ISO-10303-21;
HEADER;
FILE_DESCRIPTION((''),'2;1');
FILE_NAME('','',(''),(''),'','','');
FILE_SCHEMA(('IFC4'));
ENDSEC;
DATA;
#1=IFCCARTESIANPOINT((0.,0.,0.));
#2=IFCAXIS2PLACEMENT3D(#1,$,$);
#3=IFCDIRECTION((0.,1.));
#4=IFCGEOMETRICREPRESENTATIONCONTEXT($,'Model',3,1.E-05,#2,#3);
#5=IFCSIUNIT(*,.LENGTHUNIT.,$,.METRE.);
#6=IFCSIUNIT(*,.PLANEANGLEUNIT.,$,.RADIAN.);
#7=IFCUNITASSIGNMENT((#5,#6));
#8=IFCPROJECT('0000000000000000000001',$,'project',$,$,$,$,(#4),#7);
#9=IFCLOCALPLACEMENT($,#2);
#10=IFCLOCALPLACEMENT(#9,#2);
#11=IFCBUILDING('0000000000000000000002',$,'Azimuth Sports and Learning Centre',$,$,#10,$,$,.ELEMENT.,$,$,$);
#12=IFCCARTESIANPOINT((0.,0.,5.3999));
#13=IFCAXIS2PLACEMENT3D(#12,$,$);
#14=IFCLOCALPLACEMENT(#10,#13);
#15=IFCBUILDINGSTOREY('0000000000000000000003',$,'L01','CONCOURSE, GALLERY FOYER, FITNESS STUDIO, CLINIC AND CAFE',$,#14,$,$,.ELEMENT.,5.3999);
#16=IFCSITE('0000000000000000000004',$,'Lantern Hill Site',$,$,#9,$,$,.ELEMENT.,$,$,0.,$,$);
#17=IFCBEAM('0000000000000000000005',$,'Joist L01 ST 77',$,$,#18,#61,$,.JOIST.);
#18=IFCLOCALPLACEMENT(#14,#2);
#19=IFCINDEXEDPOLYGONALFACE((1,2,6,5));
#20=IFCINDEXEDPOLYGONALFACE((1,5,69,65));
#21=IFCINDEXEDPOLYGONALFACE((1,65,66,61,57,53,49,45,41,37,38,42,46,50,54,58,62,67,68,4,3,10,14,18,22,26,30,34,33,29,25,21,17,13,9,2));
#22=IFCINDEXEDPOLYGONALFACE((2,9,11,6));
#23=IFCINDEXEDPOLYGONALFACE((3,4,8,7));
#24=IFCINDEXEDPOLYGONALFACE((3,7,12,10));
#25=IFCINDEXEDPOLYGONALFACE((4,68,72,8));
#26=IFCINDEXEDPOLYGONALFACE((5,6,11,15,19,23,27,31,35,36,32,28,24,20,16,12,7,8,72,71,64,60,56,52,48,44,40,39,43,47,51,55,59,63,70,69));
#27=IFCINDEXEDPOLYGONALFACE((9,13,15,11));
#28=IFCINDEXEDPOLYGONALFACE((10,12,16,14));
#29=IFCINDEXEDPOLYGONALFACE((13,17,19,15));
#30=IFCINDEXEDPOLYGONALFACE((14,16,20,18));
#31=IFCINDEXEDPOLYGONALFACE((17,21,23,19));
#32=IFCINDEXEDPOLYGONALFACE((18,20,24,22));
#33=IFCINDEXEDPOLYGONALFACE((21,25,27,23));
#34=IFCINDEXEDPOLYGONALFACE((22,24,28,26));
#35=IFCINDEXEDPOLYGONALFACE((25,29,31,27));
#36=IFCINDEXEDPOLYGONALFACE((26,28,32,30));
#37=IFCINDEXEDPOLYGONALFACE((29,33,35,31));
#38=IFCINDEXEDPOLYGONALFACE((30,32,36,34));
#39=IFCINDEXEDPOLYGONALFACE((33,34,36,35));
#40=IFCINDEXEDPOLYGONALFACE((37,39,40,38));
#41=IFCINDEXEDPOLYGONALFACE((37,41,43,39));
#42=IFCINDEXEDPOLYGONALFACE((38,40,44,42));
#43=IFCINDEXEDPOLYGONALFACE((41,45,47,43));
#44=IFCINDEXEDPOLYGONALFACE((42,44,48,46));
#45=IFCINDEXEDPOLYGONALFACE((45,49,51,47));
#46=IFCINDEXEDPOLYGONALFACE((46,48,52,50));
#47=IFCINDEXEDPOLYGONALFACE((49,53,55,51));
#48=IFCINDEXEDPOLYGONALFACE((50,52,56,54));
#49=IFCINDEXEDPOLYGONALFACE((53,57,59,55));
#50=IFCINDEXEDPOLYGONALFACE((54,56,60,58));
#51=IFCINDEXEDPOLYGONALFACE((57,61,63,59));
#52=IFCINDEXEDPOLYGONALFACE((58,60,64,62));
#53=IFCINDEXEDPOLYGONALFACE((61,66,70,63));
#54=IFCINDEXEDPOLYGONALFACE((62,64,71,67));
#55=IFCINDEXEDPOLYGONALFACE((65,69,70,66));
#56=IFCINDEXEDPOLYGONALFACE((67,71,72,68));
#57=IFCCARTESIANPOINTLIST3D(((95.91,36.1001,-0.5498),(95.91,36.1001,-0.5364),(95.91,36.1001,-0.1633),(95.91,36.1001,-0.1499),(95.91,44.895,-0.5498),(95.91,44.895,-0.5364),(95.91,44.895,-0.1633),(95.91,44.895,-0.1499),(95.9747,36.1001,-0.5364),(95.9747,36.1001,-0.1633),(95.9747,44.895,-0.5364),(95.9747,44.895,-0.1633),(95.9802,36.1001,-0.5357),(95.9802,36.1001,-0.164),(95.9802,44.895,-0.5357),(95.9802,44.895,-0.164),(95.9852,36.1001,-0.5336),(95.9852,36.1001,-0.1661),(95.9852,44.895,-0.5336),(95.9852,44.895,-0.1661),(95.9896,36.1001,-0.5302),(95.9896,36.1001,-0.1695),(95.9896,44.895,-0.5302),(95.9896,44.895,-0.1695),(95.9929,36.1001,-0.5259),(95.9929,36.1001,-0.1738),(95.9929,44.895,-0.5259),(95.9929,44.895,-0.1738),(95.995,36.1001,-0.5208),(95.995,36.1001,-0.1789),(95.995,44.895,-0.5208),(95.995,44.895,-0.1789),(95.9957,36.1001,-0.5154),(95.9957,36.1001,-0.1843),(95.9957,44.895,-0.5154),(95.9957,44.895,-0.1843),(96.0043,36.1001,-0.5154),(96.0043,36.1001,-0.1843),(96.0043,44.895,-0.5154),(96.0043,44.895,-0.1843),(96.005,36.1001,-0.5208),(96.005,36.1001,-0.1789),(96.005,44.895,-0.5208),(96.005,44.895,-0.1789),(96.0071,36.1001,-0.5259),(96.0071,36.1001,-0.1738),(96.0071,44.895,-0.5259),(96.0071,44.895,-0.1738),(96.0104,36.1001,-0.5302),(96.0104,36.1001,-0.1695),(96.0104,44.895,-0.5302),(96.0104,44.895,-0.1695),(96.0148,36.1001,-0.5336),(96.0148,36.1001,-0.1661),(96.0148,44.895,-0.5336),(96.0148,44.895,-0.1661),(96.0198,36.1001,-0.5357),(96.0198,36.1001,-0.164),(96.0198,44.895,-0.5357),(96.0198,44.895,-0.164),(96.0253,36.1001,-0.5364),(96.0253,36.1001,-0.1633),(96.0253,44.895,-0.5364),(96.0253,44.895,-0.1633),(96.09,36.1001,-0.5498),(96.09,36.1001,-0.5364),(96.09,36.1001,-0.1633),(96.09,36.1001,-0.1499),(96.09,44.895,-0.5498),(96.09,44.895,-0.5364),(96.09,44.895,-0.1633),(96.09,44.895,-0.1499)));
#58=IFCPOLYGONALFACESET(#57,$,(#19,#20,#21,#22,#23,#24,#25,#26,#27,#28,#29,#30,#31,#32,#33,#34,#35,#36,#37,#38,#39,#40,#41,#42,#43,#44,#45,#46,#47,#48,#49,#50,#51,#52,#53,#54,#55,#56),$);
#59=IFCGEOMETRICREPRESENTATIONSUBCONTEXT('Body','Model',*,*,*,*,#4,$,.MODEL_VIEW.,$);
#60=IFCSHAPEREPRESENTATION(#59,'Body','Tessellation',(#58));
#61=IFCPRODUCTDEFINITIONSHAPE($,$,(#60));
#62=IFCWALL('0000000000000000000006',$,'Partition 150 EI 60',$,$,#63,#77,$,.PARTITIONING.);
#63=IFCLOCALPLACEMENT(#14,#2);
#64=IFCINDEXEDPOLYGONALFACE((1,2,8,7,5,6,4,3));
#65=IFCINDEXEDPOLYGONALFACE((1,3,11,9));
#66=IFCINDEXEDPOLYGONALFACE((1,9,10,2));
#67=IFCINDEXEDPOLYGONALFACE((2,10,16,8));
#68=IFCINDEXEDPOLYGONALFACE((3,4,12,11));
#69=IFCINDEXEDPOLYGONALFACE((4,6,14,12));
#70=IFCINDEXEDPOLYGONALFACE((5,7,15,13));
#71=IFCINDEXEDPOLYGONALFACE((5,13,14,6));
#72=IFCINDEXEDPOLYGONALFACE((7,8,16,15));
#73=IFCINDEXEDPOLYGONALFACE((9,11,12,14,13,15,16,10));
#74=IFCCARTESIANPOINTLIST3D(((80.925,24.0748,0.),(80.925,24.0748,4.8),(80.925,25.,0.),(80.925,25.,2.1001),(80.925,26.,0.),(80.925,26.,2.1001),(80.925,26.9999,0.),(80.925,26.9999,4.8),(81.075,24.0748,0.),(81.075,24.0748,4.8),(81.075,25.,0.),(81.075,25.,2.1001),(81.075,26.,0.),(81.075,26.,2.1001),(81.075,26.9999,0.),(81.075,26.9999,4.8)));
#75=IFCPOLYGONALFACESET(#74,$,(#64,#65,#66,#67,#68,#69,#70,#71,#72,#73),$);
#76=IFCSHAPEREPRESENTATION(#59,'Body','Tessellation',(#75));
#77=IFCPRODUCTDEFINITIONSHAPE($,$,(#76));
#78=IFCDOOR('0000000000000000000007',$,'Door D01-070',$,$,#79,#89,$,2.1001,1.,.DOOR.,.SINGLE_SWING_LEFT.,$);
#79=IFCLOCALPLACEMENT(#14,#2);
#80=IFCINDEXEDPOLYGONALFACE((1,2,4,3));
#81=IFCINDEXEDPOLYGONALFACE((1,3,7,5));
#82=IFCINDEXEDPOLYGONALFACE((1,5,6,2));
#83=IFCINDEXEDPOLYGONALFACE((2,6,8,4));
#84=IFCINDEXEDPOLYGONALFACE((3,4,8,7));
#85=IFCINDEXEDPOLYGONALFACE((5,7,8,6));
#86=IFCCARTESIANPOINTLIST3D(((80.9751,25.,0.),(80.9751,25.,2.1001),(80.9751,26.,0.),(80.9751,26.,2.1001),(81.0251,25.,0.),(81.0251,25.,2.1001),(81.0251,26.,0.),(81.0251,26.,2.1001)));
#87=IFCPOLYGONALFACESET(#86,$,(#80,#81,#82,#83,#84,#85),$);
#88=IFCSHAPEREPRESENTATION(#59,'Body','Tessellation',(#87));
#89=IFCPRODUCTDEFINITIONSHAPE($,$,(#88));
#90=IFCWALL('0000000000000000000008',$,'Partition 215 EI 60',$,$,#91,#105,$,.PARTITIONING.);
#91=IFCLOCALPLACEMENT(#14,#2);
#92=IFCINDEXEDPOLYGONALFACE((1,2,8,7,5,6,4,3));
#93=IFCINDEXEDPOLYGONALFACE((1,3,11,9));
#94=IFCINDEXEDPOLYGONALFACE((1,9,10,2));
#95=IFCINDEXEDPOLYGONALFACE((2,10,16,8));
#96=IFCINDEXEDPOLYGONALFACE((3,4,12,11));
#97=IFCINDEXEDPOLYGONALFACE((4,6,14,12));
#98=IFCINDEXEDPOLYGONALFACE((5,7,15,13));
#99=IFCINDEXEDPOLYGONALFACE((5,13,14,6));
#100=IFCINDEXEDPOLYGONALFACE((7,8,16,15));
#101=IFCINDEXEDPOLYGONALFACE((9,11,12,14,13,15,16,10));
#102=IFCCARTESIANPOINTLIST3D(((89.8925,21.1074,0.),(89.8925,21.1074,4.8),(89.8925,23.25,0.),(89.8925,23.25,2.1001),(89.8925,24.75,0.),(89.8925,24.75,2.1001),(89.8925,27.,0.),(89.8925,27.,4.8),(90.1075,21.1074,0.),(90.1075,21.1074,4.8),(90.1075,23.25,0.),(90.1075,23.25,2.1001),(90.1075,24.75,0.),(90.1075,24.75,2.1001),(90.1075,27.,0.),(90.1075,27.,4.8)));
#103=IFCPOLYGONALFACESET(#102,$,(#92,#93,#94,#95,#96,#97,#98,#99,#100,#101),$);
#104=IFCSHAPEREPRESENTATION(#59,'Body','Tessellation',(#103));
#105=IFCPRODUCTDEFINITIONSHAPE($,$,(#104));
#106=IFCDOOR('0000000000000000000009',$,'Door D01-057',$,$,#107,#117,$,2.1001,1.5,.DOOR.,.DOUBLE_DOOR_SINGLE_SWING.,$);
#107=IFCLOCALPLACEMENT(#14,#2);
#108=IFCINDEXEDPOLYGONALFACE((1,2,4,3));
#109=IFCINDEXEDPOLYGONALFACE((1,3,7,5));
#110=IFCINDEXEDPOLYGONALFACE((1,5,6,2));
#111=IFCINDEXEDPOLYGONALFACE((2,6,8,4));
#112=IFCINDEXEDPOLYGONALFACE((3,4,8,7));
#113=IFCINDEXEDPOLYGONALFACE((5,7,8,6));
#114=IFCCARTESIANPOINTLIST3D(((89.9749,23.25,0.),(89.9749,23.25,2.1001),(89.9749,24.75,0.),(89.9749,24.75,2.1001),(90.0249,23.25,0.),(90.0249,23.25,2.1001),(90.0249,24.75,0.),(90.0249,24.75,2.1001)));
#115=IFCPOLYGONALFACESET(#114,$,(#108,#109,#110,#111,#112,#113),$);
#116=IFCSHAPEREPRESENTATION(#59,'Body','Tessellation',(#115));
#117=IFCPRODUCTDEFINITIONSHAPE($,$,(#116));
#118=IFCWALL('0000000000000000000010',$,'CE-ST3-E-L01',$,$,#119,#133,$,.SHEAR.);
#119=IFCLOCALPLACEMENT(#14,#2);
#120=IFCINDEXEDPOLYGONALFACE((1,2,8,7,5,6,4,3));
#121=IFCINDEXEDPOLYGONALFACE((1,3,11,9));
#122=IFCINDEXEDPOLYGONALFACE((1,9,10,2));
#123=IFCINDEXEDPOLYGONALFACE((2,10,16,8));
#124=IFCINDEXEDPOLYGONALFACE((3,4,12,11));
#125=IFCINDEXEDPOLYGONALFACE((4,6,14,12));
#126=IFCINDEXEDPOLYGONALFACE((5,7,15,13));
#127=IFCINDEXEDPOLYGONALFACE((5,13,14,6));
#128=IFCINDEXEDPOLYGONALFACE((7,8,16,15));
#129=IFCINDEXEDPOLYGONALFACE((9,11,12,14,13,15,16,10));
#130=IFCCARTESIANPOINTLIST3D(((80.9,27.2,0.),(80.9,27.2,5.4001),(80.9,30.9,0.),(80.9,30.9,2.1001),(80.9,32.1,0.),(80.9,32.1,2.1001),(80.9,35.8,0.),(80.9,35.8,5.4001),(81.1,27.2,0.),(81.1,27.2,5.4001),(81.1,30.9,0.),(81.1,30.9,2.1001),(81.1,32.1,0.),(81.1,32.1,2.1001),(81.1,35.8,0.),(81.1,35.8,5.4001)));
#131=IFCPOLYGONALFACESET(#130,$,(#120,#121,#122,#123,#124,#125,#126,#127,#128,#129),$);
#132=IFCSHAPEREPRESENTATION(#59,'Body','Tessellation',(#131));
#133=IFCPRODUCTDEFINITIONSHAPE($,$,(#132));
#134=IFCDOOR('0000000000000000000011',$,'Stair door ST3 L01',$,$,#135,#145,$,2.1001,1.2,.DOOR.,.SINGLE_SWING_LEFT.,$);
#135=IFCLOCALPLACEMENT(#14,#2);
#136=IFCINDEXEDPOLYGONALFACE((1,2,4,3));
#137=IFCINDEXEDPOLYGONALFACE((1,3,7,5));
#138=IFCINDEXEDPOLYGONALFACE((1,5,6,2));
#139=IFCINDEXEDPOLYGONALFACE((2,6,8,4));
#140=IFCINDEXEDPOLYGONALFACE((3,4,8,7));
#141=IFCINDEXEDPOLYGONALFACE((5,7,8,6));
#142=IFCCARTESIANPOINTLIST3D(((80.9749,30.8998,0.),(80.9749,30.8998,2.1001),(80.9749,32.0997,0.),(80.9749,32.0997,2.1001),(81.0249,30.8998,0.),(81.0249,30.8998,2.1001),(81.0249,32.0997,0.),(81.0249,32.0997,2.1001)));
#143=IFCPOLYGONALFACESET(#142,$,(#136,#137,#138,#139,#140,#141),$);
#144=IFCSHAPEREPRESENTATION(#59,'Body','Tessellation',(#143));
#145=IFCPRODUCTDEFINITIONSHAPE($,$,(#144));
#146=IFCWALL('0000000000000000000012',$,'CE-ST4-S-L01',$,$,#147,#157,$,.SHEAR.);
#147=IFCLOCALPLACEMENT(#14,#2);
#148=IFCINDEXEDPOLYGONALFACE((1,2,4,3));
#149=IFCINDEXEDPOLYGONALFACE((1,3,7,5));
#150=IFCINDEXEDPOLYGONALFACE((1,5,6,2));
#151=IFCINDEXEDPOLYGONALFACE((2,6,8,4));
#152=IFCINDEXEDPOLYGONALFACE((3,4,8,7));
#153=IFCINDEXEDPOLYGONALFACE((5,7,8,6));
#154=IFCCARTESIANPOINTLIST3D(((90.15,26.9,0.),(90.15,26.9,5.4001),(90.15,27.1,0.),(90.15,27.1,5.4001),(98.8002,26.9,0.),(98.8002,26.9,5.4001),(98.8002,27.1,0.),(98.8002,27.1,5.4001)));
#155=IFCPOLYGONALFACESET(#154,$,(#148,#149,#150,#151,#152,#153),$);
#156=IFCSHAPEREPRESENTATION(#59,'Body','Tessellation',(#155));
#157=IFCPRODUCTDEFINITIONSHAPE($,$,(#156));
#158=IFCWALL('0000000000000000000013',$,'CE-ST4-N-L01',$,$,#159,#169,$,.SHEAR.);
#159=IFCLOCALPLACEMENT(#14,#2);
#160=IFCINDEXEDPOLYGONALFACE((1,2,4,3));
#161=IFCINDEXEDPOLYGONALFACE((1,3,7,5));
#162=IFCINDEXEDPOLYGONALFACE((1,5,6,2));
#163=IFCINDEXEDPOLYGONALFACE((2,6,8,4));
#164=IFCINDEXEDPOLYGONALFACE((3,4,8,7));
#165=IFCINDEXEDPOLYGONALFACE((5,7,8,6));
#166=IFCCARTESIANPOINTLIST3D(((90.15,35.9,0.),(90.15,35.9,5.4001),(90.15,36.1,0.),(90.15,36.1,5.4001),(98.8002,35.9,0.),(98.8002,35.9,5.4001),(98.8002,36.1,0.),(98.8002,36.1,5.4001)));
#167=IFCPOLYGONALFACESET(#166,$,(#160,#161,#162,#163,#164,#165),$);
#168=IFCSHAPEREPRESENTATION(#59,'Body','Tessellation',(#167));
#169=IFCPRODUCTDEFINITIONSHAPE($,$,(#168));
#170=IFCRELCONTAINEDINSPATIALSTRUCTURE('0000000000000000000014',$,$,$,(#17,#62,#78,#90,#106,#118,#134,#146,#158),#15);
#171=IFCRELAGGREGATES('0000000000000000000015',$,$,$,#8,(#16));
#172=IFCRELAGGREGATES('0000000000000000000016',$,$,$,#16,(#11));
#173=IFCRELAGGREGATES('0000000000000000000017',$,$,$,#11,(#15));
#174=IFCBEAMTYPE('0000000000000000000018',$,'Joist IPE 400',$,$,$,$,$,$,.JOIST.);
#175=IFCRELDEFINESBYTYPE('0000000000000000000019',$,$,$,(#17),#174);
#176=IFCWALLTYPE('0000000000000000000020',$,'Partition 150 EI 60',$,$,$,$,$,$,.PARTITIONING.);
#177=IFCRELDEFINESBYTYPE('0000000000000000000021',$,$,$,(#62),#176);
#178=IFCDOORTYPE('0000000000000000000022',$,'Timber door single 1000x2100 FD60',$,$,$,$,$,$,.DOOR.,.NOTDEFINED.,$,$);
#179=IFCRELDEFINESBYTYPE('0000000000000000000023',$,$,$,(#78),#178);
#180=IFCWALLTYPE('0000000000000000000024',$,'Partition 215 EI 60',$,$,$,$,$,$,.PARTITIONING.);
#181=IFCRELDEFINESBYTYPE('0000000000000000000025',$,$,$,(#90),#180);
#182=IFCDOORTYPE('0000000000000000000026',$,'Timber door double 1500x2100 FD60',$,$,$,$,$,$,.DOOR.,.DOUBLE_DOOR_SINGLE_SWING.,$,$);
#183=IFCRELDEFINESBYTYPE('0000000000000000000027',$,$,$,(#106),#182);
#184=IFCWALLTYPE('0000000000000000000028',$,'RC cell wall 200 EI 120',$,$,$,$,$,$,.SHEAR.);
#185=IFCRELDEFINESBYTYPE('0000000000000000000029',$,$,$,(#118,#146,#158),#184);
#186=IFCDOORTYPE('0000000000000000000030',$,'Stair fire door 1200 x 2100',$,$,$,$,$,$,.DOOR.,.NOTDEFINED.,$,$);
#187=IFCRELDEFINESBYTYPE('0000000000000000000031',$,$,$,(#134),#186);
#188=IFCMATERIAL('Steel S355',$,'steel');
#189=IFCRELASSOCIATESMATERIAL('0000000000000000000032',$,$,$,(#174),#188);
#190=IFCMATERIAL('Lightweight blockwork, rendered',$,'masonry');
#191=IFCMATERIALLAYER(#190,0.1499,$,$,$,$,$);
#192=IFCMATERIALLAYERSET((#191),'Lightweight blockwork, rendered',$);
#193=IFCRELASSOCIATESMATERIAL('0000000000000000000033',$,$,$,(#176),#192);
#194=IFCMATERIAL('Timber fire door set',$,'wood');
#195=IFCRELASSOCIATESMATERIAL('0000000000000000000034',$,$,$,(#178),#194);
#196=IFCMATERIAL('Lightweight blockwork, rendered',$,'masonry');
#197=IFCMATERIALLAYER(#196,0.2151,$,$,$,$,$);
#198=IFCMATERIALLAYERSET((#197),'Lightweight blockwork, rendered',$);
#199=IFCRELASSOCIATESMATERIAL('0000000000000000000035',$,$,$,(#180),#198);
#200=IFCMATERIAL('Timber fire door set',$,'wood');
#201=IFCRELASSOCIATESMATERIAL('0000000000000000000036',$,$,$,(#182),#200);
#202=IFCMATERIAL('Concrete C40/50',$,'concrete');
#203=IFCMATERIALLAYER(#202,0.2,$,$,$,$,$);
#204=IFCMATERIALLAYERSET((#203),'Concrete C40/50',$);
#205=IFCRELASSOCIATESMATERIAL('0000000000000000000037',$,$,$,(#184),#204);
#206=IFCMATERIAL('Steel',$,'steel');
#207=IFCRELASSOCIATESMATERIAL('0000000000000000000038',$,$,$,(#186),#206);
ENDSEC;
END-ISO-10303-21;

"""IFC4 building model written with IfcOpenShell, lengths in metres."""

from ifc_helpers import new_model, si_unit, direction, frame, frame_2d, origin, origin_2d, place, context, subcontext, project, spatial, rectangle, i_section, extrude, material, layer, layer_set, material_profile, profile_set, type_object, element, fill, save


model = new_model("IFC4")

# Units and contexts
model_context = context("Model", 3, precision=1e-05, world=origin(), true_north=direction((0.0, 1.0)))
body_context = subcontext(model_context, "Body", "Model", "MODEL_VIEW")
ifc_project = project(units=[si_unit("LENGTHUNIT", "METRE"), si_unit("PLANEANGLEUNIT", "RADIAN")], contexts=[model_context])

# Site, building, storey
site_placement = place(None, origin())
site = spatial("IfcSite", under=ifc_project, at=site_placement, Name="Lantern Hill Site", CompositionType="ELEMENT", RefElevation=0.0)
building_placement = place(site_placement, origin())
building = spatial("IfcBuilding", under=site, at=building_placement, Name="Azimuth Sports and Learning Centre", CompositionType="ELEMENT")
storey_placement = place(building_placement, frame((0.0, 0.0, 5.3999)))
storey = spatial("IfcBuildingStorey", under=building, at=storey_placement, Name="L01", Description="CONCOURSE, GALLERY FOYER, FITNESS STUDIO, CLINIC AND CAFE", CompositionType="ELEMENT", Elevation=5.3999)

# Beam
ifc_material_1 = material(Name="Steel S355", Category="steel")
ifc_material_profile_1 = material_profile(ifc_material_1, i_section(OverallWidth=0.1799, OverallDepth=0.3999, WebThickness=0.0085, FlangeThickness=0.0134, FilletRadius=0.021, at=origin_2d()), Name="IPE 400")
ifc_profile_set_1 = profile_set([ifc_material_profile_1], Name="Steel S355")
beam_type_1 = type_object("IfcBeamType", Name="Joist IPE 400", PredefinedType="JOIST", material=ifc_profile_set_1)
for number, where, z_axis, x_axis, name in (
    (1, (96.0, 36.1001, -0.3499), (0.0, 1.0, 0.0), (-1.0, 0.0, 0.0), "Joist L01 ST 77"),
):
    element("IfcBeam", number, at=place(storey_placement, frame(where, z_axis=z_axis, x_axis=x_axis)), inside=storey, type_object=beam_type_1, Name=name, PredefinedType="JOIST", context=body_context, shape_type="SweptSolid", body=[
        extrude(i_section(OverallWidth=0.1799, OverallDepth=0.3999, WebThickness=0.0085, FlangeThickness=0.0134, FilletRadius=0.021, at=origin_2d()), origin(), (0.0, 0.0, 1.0), 8.7949),
    ])

# Walls, openings, doors
ifc_material_2 = material(Name="Lightweight blockwork, rendered", Category="masonry")
ifc_layer_1 = layer(ifc_material_2, 0.1499)
ifc_layer_set_1 = layer_set([ifc_layer_1], Name="Lightweight blockwork, rendered")
wall_type_1 = type_object("IfcWallType", Name="Partition 150 EI 60", PredefinedType="PARTITIONING", material=ifc_layer_set_1)
wall_1_placement = place(storey_placement, frame((81.0, 24.075, 0.0), z_axis=(0.0, 0.0, 1.0), x_axis=(0.0, 1.0, 0.0)))
wall_1 = element("IfcWall", 2, at=wall_1_placement, inside=storey, type_object=wall_type_1, Name="Partition 150 EI 60", PredefinedType="PARTITIONING", context=body_context, shape_type="SweptSolid", body=[
    extrude(rectangle(XDim=2.925, YDim=0.1499, at=frame_2d((1.4624, 0.0))), origin(), (0.0, 0.0, 1.0), 4.8),
])
opening_1_placement = place(wall_1_placement, frame((0.925, 0.0, 0.0)))
opening_1 = element("IfcOpeningElement", 3, at=opening_1_placement, cuts=wall_1, PredefinedType="OPENING", context=body_context, shape_type="SweptSolid", body=[
    extrude(rectangle(XDim=1.0, YDim=2.1001, at=frame_2d((0.5, 1.05))), frame((0.0, 0.0859, 0.0), z_axis=(0.0, -1.0, 0.0), x_axis=(1.0, 0.0, 0.0)), (0.0, 0.0, 1.0), 0.1719),
])
ifc_material_3 = material(Name="Timber fire door set", Category="wood")
door_type_1 = type_object("IfcDoorType", Name="Timber door single 1000x2100 FD60", OperationType="NOTDEFINED", PredefinedType="DOOR", material=ifc_material_3)
door_1_placement = place(opening_1_placement, origin())
door_1 = element("IfcDoor", 4, at=door_1_placement, inside=storey, type_object=door_type_1, Name="Door D01-070", OperationType="SINGLE_SWING_LEFT", OverallHeight=2.1001, OverallWidth=1.0, PredefinedType="DOOR", context=body_context, shape_type="SweptSolid", body=[
    extrude(rectangle(XDim=1.0, YDim=2.1001, at=frame_2d((0.5, 1.05))), frame((0.0, 0.0249, 0.0), z_axis=(0.0, -1.0, 0.0), x_axis=(1.0, 0.0, 0.0)), (0.0, 0.0, 1.0), 0.05),
])
fill(opening_1, door_1)
ifc_material_4 = material(Name="Lightweight blockwork, rendered", Category="masonry")
ifc_layer_2 = layer(ifc_material_4, 0.2151)
ifc_layer_set_2 = layer_set([ifc_layer_2], Name="Lightweight blockwork, rendered")
wall_type_2 = type_object("IfcWallType", Name="Partition 215 EI 60", PredefinedType="PARTITIONING", material=ifc_layer_set_2)
wall_2_placement = place(storey_placement, frame((90.0, 21.1074, 0.0), z_axis=(0.0, 0.0, 1.0), x_axis=(0.0, 1.0, 0.0)))
wall_2 = element("IfcWall", 5, at=wall_2_placement, inside=storey, type_object=wall_type_2, Name="Partition 215 EI 60", PredefinedType="PARTITIONING", context=body_context, shape_type="SweptSolid", body=[
    extrude(rectangle(XDim=5.8926, YDim=0.2151, at=frame_2d((2.9463, 0.0))), origin(), (0.0, 0.0, 1.0), 4.8),
])
opening_2_placement = place(wall_2_placement, frame((2.1426, 0.0, 0.0)))
opening_2 = element("IfcOpeningElement", 6, at=opening_2_placement, cuts=wall_2, PredefinedType="OPENING", context=body_context, shape_type="SweptSolid", body=[
    extrude(rectangle(XDim=1.5, YDim=2.1001, at=frame_2d((0.75, 1.05))), frame((0.0, 0.1187, 0.0), z_axis=(0.0, -1.0, 0.0), x_axis=(1.0, 0.0, 0.0)), (0.0, 0.0, 1.0), 0.2371),
])
ifc_material_5 = material(Name="Timber fire door set", Category="wood")
door_type_2 = type_object("IfcDoorType", Name="Timber door double 1500x2100 FD60", OperationType="DOUBLE_DOOR_SINGLE_SWING", PredefinedType="DOOR", material=ifc_material_5)
door_2_placement = place(opening_2_placement, frame((1.5, 0.0, 0.0), z_axis=(0.0, 0.0, 1.0), x_axis=(-1.0, 0.0, 0.0)))
door_2 = element("IfcDoor", 7, at=door_2_placement, inside=storey, type_object=door_type_2, Name="Door D01-057", OperationType="DOUBLE_DOOR_SINGLE_SWING", OverallHeight=2.1001, OverallWidth=1.5, PredefinedType="DOOR", context=body_context, shape_type="SweptSolid", body=[
    extrude(rectangle(XDim=1.5, YDim=2.1001, at=frame_2d((0.75, 1.05))), frame((0.0, 0.0249, 0.0), z_axis=(0.0, -1.0, 0.0), x_axis=(1.0, 0.0, 0.0)), (0.0, 0.0, 1.0), 0.05),
])
fill(opening_2, door_2)
ifc_material_6 = material(Name="Concrete C40/50", Category="concrete")
ifc_layer_3 = layer(ifc_material_6, 0.2)
ifc_layer_set_3 = layer_set([ifc_layer_3], Name="Concrete C40/50")
wall_type_3 = type_object("IfcWallType", Name="RC cell wall 200 EI 120", PredefinedType="SHEAR", material=ifc_layer_set_3)
wall_3_placement = place(storey_placement, frame((81.0, 27.2, 0.0), z_axis=(0.0, 0.0, 1.0), x_axis=(0.0, 1.0, 0.0)))
wall_3 = element("IfcWall", 8, at=wall_3_placement, inside=storey, type_object=wall_type_3, Name="CE-ST3-E-L01", PredefinedType="SHEAR", context=body_context, shape_type="SweptSolid", body=[
    extrude(rectangle(XDim=8.6001, YDim=0.2, at=frame_2d((4.3, 0.0))), origin(), (0.0, 0.0, 1.0), 5.4001),
])
opening_3_placement = place(wall_3_placement, frame((3.7, 0.0, 0.0)))
opening_3 = element("IfcOpeningElement", 9, at=opening_3_placement, cuts=wall_3, PredefinedType="OPENING", context=body_context, shape_type="SweptSolid", body=[
    extrude(rectangle(XDim=1.2, YDim=2.1001, at=frame_2d((0.6001, 1.05))), frame((0.0, 0.1108, 0.0), z_axis=(0.0, -1.0, 0.0), x_axis=(1.0, 0.0, 0.0)), (0.0, 0.0, 1.0), 0.2219),
])
ifc_material_7 = material(Name="Steel", Category="steel")
door_type_3 = type_object("IfcDoorType", Name="Stair fire door 1200 x 2100", OperationType="NOTDEFINED", PredefinedType="DOOR", material=ifc_material_7)
door_3_placement = place(opening_3_placement, frame((1.2, 0.0, 0.0), z_axis=(0.0, 0.0, 1.0), x_axis=(-1.0, 0.0, 0.0)))
door_3 = element("IfcDoor", 10, at=door_3_placement, inside=storey, type_object=door_type_3, Name="Stair door ST3 L01", OperationType="SINGLE_SWING_LEFT", OverallHeight=2.1001, OverallWidth=1.2, PredefinedType="DOOR", context=body_context, shape_type="SweptSolid", body=[
    extrude(rectangle(XDim=1.2, YDim=2.1001, at=frame_2d((0.6001, 1.05))), frame((0.0, 0.0249, 0.0), z_axis=(0.0, -1.0, 0.0), x_axis=(1.0, 0.0, 0.0)), (0.0, 0.0, 1.0), 0.05),
])
fill(opening_3, door_3)

# Walls
for number, where, z_axis, x_axis, name in (
    (11, (90.1499, 27.0, 0.0), (0.0, 0.0, 1.0), (1.0, 0.0, 0.0), "CE-ST4-S-L01"),
    (12, (90.1499, 36.0, 0.0), (0.0, 0.0, 1.0), (1.0, 0.0, 0.0), "CE-ST4-N-L01"),
):
    element("IfcWall", number, at=place(storey_placement, frame(where, z_axis=z_axis, x_axis=x_axis)), inside=storey, type_object=wall_type_3, Name=name, PredefinedType="SHEAR", context=body_context, shape_type="SweptSolid", body=[
        extrude(rectangle(XDim=8.6501, YDim=0.2, at=frame_2d((4.3252, 0.0))), origin(), (0.0, 0.0, 1.0), 5.4001),
    ])

save(model, "model.ifc")
